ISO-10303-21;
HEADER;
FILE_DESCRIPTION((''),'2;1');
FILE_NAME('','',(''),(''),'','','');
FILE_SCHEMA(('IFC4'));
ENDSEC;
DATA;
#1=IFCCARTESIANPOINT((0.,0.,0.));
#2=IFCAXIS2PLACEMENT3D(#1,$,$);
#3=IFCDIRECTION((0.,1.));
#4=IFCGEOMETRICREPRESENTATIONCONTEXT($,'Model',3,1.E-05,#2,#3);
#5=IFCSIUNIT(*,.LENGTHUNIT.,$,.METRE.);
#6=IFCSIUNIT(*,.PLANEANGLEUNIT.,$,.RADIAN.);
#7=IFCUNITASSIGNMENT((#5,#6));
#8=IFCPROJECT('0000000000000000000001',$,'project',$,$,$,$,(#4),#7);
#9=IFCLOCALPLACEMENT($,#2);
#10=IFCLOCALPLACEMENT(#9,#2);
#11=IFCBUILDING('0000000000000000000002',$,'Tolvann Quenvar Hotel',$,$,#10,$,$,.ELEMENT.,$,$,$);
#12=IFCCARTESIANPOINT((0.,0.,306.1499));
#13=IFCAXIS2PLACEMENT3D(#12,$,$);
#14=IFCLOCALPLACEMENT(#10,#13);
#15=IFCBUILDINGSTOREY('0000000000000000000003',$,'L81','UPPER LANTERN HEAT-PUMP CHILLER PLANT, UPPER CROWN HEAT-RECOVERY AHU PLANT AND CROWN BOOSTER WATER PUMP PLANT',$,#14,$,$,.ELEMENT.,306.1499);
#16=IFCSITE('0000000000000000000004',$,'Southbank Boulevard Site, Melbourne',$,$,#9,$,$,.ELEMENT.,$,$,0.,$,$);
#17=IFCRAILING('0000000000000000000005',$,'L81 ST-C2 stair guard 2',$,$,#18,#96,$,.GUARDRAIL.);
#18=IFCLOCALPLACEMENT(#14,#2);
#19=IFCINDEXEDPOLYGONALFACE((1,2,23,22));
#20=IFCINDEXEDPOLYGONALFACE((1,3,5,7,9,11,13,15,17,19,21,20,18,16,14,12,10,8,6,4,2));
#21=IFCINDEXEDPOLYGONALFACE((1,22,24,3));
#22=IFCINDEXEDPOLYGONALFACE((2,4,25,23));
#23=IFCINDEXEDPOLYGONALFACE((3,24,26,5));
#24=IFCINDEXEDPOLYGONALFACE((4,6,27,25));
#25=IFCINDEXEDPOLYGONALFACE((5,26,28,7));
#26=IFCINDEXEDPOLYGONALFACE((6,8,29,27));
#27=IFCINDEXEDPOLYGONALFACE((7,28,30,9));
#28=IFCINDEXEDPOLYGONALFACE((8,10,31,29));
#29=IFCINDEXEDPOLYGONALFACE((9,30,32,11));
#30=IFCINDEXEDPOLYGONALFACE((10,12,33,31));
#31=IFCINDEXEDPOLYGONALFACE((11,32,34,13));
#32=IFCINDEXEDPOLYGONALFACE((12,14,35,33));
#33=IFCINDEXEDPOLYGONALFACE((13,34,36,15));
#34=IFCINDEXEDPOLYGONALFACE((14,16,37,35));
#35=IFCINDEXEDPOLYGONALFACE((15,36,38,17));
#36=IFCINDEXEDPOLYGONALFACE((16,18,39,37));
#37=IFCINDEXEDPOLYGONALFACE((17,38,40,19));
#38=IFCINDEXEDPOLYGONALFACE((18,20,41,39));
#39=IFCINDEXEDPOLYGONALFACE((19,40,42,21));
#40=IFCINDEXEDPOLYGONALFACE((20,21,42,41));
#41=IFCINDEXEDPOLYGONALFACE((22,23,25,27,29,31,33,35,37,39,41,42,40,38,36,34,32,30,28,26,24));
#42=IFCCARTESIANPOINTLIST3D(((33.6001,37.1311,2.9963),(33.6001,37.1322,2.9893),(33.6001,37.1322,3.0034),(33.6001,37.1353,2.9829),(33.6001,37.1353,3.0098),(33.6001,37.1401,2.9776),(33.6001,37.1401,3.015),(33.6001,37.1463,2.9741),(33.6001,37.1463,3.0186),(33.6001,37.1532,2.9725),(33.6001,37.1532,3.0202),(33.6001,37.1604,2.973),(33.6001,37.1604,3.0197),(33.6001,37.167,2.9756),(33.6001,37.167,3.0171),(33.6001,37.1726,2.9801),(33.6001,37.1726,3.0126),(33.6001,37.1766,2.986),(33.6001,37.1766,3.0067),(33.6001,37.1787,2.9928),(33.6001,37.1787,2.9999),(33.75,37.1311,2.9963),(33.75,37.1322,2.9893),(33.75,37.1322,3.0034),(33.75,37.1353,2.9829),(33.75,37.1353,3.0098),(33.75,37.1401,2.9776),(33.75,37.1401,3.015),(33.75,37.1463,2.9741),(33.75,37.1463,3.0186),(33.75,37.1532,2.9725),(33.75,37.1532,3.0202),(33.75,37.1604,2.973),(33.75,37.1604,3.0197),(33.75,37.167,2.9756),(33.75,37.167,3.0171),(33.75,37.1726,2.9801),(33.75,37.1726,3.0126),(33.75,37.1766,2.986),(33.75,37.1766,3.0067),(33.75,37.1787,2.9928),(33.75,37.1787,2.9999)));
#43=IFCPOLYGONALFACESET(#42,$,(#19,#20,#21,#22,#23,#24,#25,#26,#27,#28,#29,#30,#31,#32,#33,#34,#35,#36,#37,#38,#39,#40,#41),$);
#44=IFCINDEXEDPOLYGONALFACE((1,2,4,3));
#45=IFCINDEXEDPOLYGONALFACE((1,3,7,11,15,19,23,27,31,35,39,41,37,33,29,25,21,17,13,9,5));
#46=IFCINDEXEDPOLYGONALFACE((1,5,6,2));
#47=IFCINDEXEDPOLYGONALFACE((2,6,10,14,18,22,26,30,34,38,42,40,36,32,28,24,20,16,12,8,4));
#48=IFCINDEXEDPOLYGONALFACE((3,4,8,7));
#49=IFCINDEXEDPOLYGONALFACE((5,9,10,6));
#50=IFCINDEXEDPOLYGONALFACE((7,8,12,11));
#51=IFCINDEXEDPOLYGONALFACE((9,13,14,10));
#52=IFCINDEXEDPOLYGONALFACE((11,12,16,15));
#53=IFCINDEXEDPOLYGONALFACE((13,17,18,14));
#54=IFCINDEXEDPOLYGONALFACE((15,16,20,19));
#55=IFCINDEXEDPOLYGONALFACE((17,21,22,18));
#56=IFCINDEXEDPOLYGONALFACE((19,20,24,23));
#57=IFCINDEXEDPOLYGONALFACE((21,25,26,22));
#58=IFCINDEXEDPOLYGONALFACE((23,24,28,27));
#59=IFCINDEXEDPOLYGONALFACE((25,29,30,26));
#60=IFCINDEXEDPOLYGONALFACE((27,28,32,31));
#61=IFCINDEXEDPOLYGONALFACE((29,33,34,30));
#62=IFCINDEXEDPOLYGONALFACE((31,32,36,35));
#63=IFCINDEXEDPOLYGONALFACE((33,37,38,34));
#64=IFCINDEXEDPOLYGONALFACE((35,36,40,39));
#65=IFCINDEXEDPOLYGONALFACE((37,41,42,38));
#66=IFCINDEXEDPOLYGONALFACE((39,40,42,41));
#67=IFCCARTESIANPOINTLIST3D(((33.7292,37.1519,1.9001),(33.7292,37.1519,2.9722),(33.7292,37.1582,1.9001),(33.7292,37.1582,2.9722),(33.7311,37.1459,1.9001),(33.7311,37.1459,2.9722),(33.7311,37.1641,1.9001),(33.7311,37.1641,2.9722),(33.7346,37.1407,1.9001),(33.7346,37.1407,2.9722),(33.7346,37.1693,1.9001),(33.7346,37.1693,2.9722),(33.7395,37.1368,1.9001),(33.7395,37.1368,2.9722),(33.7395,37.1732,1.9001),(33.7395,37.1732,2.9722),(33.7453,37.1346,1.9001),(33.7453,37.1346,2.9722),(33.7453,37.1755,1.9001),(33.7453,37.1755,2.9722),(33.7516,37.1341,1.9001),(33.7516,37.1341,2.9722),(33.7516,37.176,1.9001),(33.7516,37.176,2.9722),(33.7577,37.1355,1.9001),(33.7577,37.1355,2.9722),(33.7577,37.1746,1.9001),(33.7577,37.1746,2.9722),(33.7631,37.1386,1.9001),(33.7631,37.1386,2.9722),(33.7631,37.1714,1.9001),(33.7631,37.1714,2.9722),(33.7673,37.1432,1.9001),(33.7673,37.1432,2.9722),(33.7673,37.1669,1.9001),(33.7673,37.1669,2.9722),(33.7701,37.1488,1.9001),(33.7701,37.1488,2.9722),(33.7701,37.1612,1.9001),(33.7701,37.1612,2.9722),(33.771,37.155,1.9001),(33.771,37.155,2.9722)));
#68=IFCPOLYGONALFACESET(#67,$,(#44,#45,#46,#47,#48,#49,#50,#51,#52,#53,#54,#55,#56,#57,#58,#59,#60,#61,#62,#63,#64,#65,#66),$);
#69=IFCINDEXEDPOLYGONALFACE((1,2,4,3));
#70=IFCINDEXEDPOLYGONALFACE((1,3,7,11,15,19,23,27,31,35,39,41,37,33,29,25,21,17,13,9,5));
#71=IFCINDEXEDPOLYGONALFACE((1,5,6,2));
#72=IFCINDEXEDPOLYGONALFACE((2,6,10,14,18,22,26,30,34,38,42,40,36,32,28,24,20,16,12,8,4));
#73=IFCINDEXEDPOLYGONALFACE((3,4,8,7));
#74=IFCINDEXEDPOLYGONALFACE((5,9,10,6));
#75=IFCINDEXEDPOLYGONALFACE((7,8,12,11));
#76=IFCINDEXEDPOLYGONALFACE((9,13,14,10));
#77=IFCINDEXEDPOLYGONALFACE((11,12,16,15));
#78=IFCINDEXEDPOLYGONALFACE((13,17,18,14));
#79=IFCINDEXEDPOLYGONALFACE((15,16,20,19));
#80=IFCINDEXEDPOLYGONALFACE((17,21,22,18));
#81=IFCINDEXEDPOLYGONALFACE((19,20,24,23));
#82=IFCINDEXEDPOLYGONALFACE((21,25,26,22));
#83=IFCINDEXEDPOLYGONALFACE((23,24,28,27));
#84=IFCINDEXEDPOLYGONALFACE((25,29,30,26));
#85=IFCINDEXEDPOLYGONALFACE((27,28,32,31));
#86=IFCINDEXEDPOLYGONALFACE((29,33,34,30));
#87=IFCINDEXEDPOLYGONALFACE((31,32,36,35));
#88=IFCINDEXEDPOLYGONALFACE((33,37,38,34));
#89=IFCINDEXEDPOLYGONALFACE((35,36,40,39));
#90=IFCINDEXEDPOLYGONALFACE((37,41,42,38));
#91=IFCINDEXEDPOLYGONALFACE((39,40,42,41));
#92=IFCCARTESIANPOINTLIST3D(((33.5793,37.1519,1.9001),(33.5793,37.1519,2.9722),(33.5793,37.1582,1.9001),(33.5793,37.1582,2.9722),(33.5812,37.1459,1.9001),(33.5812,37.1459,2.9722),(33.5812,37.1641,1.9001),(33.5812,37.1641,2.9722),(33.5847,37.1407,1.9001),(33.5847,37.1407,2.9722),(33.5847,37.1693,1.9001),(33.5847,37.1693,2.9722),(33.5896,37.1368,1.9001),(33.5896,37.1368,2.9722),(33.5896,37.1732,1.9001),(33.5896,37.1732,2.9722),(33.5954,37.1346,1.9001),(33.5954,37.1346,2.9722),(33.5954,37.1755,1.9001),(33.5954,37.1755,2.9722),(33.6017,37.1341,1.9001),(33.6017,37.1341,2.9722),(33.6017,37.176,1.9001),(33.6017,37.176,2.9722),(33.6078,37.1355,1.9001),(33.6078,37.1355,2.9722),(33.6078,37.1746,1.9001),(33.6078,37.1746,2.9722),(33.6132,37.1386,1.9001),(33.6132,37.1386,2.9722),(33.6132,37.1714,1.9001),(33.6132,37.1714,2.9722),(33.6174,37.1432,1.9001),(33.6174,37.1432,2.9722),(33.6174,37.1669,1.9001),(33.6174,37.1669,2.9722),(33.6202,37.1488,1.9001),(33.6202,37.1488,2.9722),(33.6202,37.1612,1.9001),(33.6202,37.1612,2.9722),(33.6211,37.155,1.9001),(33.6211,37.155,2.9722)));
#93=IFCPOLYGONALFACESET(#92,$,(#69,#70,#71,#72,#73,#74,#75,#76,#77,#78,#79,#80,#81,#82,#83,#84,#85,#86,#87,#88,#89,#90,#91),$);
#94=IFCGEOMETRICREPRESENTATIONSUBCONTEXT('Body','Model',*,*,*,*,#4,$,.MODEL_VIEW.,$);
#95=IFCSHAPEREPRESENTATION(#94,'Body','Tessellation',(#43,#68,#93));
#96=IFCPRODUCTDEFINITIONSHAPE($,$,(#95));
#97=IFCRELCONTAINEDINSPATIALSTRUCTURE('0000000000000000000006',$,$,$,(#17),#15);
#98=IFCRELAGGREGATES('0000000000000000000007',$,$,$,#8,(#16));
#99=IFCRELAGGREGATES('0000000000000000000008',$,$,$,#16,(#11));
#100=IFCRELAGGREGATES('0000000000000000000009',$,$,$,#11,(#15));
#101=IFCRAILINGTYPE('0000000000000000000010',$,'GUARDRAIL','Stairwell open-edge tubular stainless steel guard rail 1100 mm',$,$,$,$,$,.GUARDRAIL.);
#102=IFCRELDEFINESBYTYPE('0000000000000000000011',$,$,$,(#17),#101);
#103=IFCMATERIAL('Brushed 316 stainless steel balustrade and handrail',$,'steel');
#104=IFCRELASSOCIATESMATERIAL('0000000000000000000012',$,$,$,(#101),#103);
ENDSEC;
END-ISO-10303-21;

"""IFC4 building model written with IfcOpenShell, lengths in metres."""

from ifc_helpers import new_model, si_unit, direction, frame, origin, origin_2d, place, context, subcontext, project, spatial, circle, extrude, material, type_object, element, save


model = new_model("IFC4")

# Units and contexts
model_context = context("Model", 3, precision=1e-05, world=origin(), true_north=direction((0.0, 1.0)))
body_context = subcontext(model_context, "Body", "Model", "MODEL_VIEW")
ifc_project = project(units=[si_unit("LENGTHUNIT", "METRE"), si_unit("PLANEANGLEUNIT", "RADIAN")], contexts=[model_context])

# Site, building, storey
site_placement = place(None, origin())
site = spatial("IfcSite", under=ifc_project, at=site_placement, Name="Southbank Boulevard Site, Melbourne", CompositionType="ELEMENT", RefElevation=0.0)
building_placement = place(site_placement, origin())
building = spatial("IfcBuilding", under=site, at=building_placement, Name="Tolvann Quenvar Hotel", CompositionType="ELEMENT")
storey_placement = place(building_placement, frame((0.0, 0.0, 306.1499)))
storey = spatial("IfcBuildingStorey", under=building, at=storey_placement, Name="L81", Description="UPPER LANTERN HEAT-PUMP CHILLER PLANT, UPPER CROWN HEAT-RECOVERY AHU PLANT AND CROWN BOOSTER WATER PUMP PLANT", CompositionType="ELEMENT", Elevation=306.1499)

# Railing
ifc_material_1 = material(Name="Brushed 316 stainless steel balustrade and handrail", Category="steel")
railing_type_1 = type_object("IfcRailingType", Name="GUARDRAIL", Description="Stairwell open-edge tubular stainless steel guard rail 1100 mm", PredefinedType="GUARDRAIL", material=ifc_material_1)
railing_1_placement = place(storey_placement, frame((33.75, 37.155, 1.9001)))
element("IfcRailing", 1, at=railing_1_placement, inside=storey, type_object=railing_type_1, Name="L81 ST-C2 stair guard 2", PredefinedType="GUARDRAIL", context=body_context, shape_type="SweptSolid", body=[
    extrude(circle(Radius=0.0239, at=origin_2d()), frame((0.0, 0.0, 1.0962), z_axis=(-1.0, 0.0, 0.0), x_axis=(0.0, -1.0, 0.0)), (0.0, 0.0, 1.0), 0.1499),
    extrude(circle(Radius=0.021, at=origin_2d()), origin(), (0.0, 0.0, 1.0), 1.072),
    extrude(circle(Radius=0.021, at=origin_2d()), frame((-0.1499, 0.0, 0.0)), (0.0, 0.0, 1.0), 1.072),
])

save(model, "model.ifc")
